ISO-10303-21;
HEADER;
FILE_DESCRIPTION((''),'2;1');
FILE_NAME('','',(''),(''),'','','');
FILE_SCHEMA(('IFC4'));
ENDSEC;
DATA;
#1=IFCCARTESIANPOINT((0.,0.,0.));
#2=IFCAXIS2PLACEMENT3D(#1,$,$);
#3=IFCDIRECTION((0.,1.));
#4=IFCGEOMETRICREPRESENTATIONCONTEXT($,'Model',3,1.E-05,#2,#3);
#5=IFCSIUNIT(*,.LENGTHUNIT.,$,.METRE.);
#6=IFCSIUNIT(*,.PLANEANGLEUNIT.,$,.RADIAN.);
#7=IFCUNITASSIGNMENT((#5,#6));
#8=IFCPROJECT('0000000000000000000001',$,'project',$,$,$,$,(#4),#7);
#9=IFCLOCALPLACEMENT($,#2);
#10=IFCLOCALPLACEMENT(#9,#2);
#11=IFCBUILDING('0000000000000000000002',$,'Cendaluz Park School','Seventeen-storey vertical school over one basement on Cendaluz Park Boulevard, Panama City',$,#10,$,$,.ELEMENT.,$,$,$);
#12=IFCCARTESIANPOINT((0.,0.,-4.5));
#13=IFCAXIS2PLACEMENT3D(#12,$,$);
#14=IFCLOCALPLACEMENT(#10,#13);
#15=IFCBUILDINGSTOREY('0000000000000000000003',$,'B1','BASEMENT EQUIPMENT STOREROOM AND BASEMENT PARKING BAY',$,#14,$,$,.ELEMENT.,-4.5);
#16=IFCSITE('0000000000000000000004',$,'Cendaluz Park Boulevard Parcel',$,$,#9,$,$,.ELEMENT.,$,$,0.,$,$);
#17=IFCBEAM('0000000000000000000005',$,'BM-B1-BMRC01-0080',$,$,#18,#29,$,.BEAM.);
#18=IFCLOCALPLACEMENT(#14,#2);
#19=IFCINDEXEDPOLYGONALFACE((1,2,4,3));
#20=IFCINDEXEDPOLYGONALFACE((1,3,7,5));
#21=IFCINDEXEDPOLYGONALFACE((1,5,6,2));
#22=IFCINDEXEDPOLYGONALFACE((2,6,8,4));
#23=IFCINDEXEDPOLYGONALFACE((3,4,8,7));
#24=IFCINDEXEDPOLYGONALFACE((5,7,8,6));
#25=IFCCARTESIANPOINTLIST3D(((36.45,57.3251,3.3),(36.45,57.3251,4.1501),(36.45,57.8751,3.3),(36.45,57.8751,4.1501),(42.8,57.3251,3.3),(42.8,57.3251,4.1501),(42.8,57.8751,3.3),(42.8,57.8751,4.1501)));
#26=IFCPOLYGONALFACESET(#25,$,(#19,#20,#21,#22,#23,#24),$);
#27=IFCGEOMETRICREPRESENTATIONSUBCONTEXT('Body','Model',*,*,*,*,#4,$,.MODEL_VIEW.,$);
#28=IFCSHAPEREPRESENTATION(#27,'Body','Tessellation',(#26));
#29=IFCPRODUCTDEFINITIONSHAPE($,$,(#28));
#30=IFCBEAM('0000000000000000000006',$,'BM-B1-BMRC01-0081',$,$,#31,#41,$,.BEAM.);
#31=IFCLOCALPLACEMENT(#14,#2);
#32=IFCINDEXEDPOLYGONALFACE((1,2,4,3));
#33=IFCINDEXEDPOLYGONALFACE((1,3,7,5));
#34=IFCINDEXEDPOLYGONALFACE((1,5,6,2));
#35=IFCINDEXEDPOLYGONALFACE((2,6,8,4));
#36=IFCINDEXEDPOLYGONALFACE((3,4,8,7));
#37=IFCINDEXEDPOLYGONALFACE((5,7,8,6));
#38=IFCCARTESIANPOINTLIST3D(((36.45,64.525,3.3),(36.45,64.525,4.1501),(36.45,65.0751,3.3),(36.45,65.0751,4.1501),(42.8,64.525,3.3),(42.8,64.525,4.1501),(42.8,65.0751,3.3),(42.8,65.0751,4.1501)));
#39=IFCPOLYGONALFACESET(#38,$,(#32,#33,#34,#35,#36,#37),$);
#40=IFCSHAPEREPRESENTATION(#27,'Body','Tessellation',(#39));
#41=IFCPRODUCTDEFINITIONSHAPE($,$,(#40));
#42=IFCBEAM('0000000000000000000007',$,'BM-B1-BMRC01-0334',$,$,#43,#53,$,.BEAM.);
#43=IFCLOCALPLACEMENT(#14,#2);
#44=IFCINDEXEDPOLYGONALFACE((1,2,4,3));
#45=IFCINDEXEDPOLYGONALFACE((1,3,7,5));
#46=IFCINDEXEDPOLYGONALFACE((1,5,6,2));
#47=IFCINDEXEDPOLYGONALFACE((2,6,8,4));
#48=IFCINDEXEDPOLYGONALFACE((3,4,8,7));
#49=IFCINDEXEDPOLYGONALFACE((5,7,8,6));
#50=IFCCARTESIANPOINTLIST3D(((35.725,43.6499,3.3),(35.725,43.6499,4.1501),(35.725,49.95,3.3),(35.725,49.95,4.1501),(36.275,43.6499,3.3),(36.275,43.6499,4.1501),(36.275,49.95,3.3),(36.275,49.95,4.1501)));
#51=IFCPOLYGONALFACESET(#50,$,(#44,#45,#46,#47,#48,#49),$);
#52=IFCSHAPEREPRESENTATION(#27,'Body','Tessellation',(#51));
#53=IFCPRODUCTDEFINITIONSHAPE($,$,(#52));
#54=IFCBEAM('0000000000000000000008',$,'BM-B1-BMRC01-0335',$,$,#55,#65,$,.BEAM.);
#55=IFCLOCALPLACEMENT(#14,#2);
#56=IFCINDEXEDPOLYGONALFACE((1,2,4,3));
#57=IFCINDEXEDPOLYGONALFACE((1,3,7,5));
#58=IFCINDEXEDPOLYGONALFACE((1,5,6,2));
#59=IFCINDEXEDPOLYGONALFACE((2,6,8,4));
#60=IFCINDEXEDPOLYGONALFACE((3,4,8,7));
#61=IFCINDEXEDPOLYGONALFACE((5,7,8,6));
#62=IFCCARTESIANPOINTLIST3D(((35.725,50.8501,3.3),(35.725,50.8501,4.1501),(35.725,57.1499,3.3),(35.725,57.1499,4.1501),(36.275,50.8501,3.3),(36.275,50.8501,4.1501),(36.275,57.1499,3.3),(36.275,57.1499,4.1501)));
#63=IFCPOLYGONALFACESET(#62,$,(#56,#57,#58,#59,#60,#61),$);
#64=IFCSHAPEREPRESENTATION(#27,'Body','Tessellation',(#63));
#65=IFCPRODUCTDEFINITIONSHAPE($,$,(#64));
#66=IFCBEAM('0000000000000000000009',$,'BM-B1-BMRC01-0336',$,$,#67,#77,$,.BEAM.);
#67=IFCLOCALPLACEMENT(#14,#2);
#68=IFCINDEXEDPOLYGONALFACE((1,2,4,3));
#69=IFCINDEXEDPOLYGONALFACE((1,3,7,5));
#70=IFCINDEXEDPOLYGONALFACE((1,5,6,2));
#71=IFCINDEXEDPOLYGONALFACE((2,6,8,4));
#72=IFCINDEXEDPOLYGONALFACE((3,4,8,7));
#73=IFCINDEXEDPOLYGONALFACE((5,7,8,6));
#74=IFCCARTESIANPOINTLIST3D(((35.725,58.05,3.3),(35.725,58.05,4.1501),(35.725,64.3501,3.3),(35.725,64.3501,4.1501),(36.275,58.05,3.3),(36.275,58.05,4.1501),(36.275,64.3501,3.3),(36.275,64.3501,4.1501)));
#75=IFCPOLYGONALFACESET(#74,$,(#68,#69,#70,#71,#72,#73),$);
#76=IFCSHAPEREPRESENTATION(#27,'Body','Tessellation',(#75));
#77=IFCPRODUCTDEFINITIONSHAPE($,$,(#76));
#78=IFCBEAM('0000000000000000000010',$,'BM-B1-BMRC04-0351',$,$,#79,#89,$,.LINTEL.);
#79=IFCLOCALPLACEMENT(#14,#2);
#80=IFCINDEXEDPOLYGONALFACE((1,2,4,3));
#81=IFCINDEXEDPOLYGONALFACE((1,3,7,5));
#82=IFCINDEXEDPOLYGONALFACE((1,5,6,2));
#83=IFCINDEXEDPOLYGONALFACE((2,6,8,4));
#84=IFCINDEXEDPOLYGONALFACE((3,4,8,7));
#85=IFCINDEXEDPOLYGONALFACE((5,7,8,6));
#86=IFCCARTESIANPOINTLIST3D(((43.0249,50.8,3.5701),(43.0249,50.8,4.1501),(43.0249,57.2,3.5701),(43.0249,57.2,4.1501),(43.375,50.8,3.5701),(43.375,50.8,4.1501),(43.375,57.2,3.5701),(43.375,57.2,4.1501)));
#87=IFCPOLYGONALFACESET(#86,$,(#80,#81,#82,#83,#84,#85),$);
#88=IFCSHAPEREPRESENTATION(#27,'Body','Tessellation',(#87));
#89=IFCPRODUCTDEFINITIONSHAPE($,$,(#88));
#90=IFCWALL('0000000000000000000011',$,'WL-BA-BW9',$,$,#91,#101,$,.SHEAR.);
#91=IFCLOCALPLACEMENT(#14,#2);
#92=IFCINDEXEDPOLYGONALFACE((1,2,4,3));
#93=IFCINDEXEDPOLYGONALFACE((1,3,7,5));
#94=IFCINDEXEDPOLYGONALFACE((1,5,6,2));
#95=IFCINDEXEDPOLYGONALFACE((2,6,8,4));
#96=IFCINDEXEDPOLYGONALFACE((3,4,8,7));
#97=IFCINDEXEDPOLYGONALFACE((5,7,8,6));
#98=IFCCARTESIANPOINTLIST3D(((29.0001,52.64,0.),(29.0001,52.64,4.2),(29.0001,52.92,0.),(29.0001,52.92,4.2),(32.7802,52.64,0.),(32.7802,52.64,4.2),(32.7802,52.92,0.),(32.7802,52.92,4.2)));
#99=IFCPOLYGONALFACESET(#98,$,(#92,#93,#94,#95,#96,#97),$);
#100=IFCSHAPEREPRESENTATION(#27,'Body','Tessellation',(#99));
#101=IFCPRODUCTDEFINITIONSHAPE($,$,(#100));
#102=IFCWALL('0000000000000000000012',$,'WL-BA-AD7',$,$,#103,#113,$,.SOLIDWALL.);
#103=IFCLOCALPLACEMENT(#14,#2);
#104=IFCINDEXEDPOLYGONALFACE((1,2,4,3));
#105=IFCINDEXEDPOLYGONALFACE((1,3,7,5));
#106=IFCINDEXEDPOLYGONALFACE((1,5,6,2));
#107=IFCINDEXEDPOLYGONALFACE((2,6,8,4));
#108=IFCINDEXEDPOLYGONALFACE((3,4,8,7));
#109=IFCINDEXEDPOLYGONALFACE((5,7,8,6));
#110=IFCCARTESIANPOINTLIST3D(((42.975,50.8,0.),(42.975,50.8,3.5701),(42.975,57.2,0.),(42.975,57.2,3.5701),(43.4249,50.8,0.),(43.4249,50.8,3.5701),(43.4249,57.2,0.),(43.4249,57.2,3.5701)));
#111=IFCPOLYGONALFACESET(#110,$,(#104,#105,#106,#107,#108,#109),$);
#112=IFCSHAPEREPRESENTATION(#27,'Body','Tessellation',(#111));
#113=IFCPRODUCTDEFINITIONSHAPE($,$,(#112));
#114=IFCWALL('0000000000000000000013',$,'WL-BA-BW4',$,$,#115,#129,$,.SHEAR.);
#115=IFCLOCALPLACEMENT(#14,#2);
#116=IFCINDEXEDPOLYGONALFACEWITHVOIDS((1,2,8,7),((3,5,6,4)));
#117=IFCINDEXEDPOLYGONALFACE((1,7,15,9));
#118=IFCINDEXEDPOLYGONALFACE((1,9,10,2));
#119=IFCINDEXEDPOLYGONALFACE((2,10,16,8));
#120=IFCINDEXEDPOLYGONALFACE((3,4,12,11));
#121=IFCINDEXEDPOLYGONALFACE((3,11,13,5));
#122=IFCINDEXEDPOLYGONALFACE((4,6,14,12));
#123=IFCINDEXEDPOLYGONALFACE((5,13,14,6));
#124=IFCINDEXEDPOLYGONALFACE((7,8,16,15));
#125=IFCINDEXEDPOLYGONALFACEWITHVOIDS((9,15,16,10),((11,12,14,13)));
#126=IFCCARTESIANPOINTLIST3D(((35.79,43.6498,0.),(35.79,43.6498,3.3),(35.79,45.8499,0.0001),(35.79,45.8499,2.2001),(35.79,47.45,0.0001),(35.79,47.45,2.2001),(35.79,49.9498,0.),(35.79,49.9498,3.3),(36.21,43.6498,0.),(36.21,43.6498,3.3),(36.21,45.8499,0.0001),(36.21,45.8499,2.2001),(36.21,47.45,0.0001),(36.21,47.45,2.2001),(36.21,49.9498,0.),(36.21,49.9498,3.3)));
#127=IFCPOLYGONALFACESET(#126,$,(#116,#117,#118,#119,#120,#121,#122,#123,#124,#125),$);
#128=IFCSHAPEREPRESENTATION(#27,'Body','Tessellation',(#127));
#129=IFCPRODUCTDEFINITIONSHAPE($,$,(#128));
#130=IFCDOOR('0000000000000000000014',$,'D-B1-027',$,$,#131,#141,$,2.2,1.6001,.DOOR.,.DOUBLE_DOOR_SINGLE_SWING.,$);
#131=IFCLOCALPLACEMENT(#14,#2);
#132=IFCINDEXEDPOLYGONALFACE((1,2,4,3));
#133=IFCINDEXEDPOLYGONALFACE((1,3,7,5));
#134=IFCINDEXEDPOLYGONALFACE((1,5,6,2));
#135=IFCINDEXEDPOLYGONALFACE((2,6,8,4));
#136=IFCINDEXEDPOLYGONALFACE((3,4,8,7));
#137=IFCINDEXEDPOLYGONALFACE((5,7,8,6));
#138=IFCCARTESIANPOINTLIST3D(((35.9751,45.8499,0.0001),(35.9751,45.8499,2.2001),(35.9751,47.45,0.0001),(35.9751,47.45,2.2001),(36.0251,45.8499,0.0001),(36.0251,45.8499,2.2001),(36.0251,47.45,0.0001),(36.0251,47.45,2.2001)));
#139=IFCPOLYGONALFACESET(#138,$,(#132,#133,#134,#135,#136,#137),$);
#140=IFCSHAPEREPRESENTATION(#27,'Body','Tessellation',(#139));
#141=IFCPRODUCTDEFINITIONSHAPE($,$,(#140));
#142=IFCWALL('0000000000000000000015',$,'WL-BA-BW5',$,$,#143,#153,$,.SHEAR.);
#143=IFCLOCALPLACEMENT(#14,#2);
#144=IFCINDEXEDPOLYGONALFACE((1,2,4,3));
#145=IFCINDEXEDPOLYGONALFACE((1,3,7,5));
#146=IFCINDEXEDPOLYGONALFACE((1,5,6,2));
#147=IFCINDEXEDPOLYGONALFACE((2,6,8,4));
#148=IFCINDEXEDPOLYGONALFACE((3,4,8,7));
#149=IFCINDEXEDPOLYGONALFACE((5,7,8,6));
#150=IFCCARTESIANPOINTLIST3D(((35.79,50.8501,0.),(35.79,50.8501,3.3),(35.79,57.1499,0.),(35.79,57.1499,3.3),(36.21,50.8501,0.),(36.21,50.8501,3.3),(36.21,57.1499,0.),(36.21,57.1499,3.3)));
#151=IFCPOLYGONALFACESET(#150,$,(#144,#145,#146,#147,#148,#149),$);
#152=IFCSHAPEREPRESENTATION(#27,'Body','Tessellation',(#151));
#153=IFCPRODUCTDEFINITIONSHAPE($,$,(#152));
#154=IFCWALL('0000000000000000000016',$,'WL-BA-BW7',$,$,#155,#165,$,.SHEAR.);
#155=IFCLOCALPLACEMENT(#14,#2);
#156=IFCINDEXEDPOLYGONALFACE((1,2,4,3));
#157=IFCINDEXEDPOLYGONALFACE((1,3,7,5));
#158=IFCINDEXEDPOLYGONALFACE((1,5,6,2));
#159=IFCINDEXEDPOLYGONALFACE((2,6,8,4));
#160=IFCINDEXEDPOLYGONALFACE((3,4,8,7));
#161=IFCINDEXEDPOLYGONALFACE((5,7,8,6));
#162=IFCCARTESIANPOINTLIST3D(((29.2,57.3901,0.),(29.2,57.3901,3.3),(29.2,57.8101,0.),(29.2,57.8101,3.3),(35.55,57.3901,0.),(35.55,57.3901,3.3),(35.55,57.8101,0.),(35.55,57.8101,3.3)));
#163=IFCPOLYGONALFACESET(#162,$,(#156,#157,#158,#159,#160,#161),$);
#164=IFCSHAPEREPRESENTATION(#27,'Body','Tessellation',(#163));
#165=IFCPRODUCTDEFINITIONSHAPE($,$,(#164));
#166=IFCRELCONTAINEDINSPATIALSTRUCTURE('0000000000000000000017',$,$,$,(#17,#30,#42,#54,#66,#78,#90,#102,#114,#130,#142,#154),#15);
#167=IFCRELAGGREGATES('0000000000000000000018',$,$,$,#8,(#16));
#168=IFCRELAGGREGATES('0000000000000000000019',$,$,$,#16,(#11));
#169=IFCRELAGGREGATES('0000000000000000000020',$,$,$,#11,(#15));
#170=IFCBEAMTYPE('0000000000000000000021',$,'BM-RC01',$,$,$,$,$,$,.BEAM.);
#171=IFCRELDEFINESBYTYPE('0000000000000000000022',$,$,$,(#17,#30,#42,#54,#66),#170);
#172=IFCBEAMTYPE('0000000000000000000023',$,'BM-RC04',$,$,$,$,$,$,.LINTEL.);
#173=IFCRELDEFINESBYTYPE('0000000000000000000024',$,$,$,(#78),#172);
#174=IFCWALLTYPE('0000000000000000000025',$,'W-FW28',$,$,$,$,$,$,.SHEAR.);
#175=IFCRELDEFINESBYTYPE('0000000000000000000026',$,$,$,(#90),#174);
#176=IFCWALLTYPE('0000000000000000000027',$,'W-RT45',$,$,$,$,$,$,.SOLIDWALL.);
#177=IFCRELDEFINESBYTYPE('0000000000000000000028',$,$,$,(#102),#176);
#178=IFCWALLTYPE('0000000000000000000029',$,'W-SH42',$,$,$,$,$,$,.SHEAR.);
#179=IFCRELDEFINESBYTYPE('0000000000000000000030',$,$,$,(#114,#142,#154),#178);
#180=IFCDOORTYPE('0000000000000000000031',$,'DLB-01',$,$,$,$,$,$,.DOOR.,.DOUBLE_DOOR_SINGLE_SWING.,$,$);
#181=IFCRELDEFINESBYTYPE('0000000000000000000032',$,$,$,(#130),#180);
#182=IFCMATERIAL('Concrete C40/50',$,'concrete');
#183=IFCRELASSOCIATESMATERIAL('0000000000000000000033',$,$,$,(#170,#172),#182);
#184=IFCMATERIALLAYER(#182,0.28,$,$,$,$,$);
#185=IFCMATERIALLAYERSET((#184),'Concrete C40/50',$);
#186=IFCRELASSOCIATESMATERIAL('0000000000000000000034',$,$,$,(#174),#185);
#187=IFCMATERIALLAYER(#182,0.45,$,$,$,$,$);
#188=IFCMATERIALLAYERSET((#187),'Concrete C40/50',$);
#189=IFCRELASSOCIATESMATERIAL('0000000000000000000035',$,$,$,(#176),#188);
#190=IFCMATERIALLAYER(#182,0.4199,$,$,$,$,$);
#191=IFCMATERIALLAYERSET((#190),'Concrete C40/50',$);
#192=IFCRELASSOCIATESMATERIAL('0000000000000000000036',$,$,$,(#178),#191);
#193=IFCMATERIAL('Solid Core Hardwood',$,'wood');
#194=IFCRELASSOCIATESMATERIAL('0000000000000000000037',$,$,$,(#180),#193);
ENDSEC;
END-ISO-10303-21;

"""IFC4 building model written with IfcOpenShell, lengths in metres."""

from ifc_helpers import new_model, si_unit, direction, frame, frame_2d, origin, origin_2d, place, context, subcontext, project, spatial, rectangle, extrude, material, layer, layer_set, material_profile, profile_set, type_object, element, fill, save


model = new_model("IFC4")

# Units and contexts
model_context = context("Model", 3, precision=1e-05, world=origin(), true_north=direction((0.0, 1.0)))
body_context = subcontext(model_context, "Body", "Model", "MODEL_VIEW")
ifc_project = project(units=[si_unit("LENGTHUNIT", "METRE"), si_unit("PLANEANGLEUNIT", "RADIAN")], contexts=[model_context])

# Site, building, storey
site_placement = place(None, origin())
site = spatial("IfcSite", under=ifc_project, at=site_placement, Name="Cendaluz Park Boulevard Parcel", CompositionType="ELEMENT", RefElevation=0.0)
building_placement = place(site_placement, origin())
building = spatial("IfcBuilding", under=site, at=building_placement, Name="Cendaluz Park School", Description="Seventeen-storey vertical school over one basement on Cendaluz Park Boulevard, Panama City", CompositionType="ELEMENT")
storey_placement = place(building_placement, frame((0.0, 0.0, -4.5)))
storey = spatial("IfcBuildingStorey", under=building, at=storey_placement, Name="B1", Description="BASEMENT EQUIPMENT STOREROOM AND BASEMENT PARKING BAY", CompositionType="ELEMENT", Elevation=-4.5)

# Shared definitions
ifc_material_1 = material(Name="Concrete C40/50", Category="concrete")

# Beams
ifc_material_profile_1 = material_profile(ifc_material_1, rectangle(XDim=0.55, YDim=0.8501, at=origin_2d()), Name="RC 550x850", Category="concrete")
ifc_profile_set_1 = profile_set([ifc_material_profile_1], Name="Concrete C40/50")
beam_type_1 = type_object("IfcBeamType", Name="BM-RC01", PredefinedType="BEAM", material=ifc_profile_set_1)
for number, where, z_axis, x_axis, name in (
    (1, (36.45, 57.6001, 3.7251), (1.0, 0.0, 0.0), (0.0, 1.0, 0.0), "BM-B1-BMRC01-0080"),
    (2, (36.45, 64.8, 3.7251), (1.0, 0.0, 0.0), (0.0, 1.0, 0.0), "BM-B1-BMRC01-0081"),
):
    element("IfcBeam", number, at=place(storey_placement, frame(where, z_axis=z_axis, x_axis=x_axis)), inside=storey, type_object=beam_type_1, Name=name, PredefinedType="BEAM", context=body_context, shape_type="SweptSolid", body=[
        extrude(rectangle(XDim=0.55, YDim=0.8501, at=origin_2d()), origin(), (0.0, 0.0, 1.0), 6.3501),
    ])
beam_1_placement = place(storey_placement, frame((36.0, 43.6499, 3.7251), z_axis=(0.0, 1.0, 0.0), x_axis=(-1.0, 0.0, 0.0)))
element("IfcBeam", 3, at=beam_1_placement, inside=storey, type_object=beam_type_1, Name="BM-B1-BMRC01-0334", PredefinedType="BEAM", context=body_context, shape_type="SweptSolid", body=[
    extrude(rectangle(XDim=0.55, YDim=0.8501, at=origin_2d()), origin(), (0.0, 0.0, 1.0), 6.3),
])
beam_2_placement = place(storey_placement, frame((36.0, 50.8501, 3.7251), z_axis=(0.0, 1.0, 0.0), x_axis=(-1.0, 0.0, 0.0)))
element("IfcBeam", 4, at=beam_2_placement, inside=storey, type_object=beam_type_1, Name="BM-B1-BMRC01-0335", PredefinedType="BEAM", context=body_context, shape_type="SweptSolid", body=[
    extrude(rectangle(XDim=0.55, YDim=0.8501, at=origin_2d()), origin(), (0.0, 0.0, 1.0), 6.2998),
])
beam_3_placement = place(storey_placement, frame((36.0, 58.05, 3.7251), z_axis=(0.0, 1.0, 0.0), x_axis=(-1.0, 0.0, 0.0)))
element("IfcBeam", 5, at=beam_3_placement, inside=storey, type_object=beam_type_1, Name="BM-B1-BMRC01-0336", PredefinedType="BEAM", context=body_context, shape_type="SweptSolid", body=[
    extrude(rectangle(XDim=0.55, YDim=0.8501, at=origin_2d()), origin(), (0.0, 0.0, 1.0), 6.3),
])
ifc_material_profile_2 = material_profile(ifc_material_1, rectangle(XDim=0.3501, YDim=0.5801, at=origin_2d()), Name="RC 350x580", Category="concrete")
ifc_profile_set_2 = profile_set([ifc_material_profile_2], Name="Concrete C40/50")
beam_type_2 = type_object("IfcBeamType", Name="BM-RC04", PredefinedType="LINTEL", material=ifc_profile_set_2)
beam_4_placement = place(storey_placement, frame((43.2, 50.8, 3.8601), z_axis=(0.0, 1.0, 0.0), x_axis=(-1.0, 0.0, 0.0)))
element("IfcBeam", 6, at=beam_4_placement, inside=storey, type_object=beam_type_2, Name="BM-B1-BMRC04-0351", PredefinedType="LINTEL", context=body_context, shape_type="SweptSolid", body=[
    extrude(rectangle(XDim=0.3501, YDim=0.5801, at=origin_2d()), origin(), (0.0, 0.0, 1.0), 6.3999),
])

# Wall
ifc_layer_1 = layer(ifc_material_1, 0.28)
ifc_layer_set_1 = layer_set([ifc_layer_1], Name="Concrete C40/50")
wall_type_1 = type_object("IfcWallType", Name="W-FW28", PredefinedType="SHEAR", material=ifc_layer_set_1)
wall_1_placement = place(storey_placement, frame((29.0, 52.78, 0.0), z_axis=(0.0, 0.0, 1.0), x_axis=(1.0, 0.0, 0.0)))
element("IfcWall", 7, at=wall_1_placement, inside=storey, type_object=wall_type_1, Name="WL-BA-BW9", PredefinedType="SHEAR", context=body_context, shape_type="SweptSolid", body=[
    extrude(rectangle(XDim=3.78, YDim=0.28, at=frame_2d((1.8901, 0.0))), origin(), (0.0, 0.0, 1.0), 4.2),
])

# Shared definitions
ifc_material_2 = material(Name="Solid Core Hardwood", Category="wood")

# Wall
ifc_layer_2 = layer(ifc_material_1, 0.45)
ifc_layer_set_2 = layer_set([ifc_layer_2], Name="Concrete C40/50")
wall_type_2 = type_object("IfcWallType", Name="W-RT45", PredefinedType="SOLIDWALL", material=ifc_layer_set_2)
wall_2_placement = place(storey_placement, frame((43.2, 50.8, 0.0), z_axis=(0.0, 0.0, 1.0), x_axis=(0.0, 1.0, 0.0)))
element("IfcWall", 8, at=wall_2_placement, inside=storey, type_object=wall_type_2, Name="WL-BA-AD7", PredefinedType="SOLIDWALL", context=body_context, shape_type="SweptSolid", body=[
    extrude(rectangle(XDim=6.3999, YDim=0.45, at=frame_2d((3.2, 0.0))), origin(), (0.0, 0.0, 1.0), 3.5701),
])

# Wall, opening, door
ifc_layer_3 = layer(ifc_material_1, 0.4199)
ifc_layer_set_3 = layer_set([ifc_layer_3], Name="Concrete C40/50")
wall_type_3 = type_object("IfcWallType", Name="W-SH42", PredefinedType="SHEAR", material=ifc_layer_set_3)
wall_3_placement = place(storey_placement, frame((36.0, 43.6499, 0.0), z_axis=(0.0, 0.0, 1.0), x_axis=(0.0, 1.0, 0.0)))
wall_3 = element("IfcWall", 9, at=wall_3_placement, inside=storey, type_object=wall_type_3, Name="WL-BA-BW4", PredefinedType="SHEAR", context=body_context, shape_type="SweptSolid", body=[
    extrude(rectangle(XDim=6.3, YDim=0.4199, at=frame_2d((3.1499, 0.0))), origin(), (0.0, 0.0, 1.0), 3.3),
])
opening_1_placement = place(wall_3_placement, frame((2.2, 0.0, 0.0)))
opening_1 = element("IfcOpeningElement", 10, at=opening_1_placement, cuts=wall_3, PredefinedType="OPENING", context=body_context, shape_type="SweptSolid", body=[
    extrude(rectangle(XDim=1.6001, YDim=2.2, at=frame_2d((0.8, 1.1001))), frame((0.0, 0.2219, 0.0), z_axis=(0.0, -1.0, 0.0), x_axis=(1.0, 0.0, 0.0)), (0.0, 0.0, 1.0), 0.4438),
])
door_type_1 = type_object("IfcDoorType", Name="DLB-01", OperationType="DOUBLE_DOOR_SINGLE_SWING", PredefinedType="DOOR", material=ifc_material_2)
door_1_placement = place(opening_1_placement, origin())
door_1 = element("IfcDoor", 11, at=door_1_placement, inside=storey, type_object=door_type_1, Name="D-B1-027", OperationType="DOUBLE_DOOR_SINGLE_SWING", OverallHeight=2.2, OverallWidth=1.6001, PredefinedType="DOOR", context=body_context, shape_type="SweptSolid", body=[
    extrude(rectangle(XDim=1.6001, YDim=2.2, at=frame_2d((0.8, 1.1001))), frame((0.0, 0.0249, 0.0), z_axis=(0.0, -1.0, 0.0), x_axis=(1.0, 0.0, 0.0)), (0.0, 0.0, 1.0), 0.05),
])
fill(opening_1, door_1)

# Walls
wall_4_placement = place(storey_placement, frame((36.0, 50.8501, 0.0), z_axis=(0.0, 0.0, 1.0), x_axis=(0.0, 1.0, 0.0)))
element("IfcWall", 12, at=wall_4_placement, inside=storey, type_object=wall_type_3, Name="WL-BA-BW5", PredefinedType="SHEAR", context=body_context, shape_type="SweptSolid", body=[
    extrude(rectangle(XDim=6.2998, YDim=0.4199, at=frame_2d((3.1499, 0.0))), origin(), (0.0, 0.0, 1.0), 3.3),
])
wall_5_placement = place(storey_placement, frame((29.2, 57.6001, 0.0), z_axis=(0.0, 0.0, 1.0), x_axis=(1.0, 0.0, 0.0)))
element("IfcWall", 13, at=wall_5_placement, inside=storey, type_object=wall_type_3, Name="WL-BA-BW7", PredefinedType="SHEAR", context=body_context, shape_type="SweptSolid", body=[
    extrude(rectangle(XDim=6.3501, YDim=0.4199, at=frame_2d((3.175, 0.0))), origin(), (0.0, 0.0, 1.0), 3.3),
])

save(model, "model.ifc")
